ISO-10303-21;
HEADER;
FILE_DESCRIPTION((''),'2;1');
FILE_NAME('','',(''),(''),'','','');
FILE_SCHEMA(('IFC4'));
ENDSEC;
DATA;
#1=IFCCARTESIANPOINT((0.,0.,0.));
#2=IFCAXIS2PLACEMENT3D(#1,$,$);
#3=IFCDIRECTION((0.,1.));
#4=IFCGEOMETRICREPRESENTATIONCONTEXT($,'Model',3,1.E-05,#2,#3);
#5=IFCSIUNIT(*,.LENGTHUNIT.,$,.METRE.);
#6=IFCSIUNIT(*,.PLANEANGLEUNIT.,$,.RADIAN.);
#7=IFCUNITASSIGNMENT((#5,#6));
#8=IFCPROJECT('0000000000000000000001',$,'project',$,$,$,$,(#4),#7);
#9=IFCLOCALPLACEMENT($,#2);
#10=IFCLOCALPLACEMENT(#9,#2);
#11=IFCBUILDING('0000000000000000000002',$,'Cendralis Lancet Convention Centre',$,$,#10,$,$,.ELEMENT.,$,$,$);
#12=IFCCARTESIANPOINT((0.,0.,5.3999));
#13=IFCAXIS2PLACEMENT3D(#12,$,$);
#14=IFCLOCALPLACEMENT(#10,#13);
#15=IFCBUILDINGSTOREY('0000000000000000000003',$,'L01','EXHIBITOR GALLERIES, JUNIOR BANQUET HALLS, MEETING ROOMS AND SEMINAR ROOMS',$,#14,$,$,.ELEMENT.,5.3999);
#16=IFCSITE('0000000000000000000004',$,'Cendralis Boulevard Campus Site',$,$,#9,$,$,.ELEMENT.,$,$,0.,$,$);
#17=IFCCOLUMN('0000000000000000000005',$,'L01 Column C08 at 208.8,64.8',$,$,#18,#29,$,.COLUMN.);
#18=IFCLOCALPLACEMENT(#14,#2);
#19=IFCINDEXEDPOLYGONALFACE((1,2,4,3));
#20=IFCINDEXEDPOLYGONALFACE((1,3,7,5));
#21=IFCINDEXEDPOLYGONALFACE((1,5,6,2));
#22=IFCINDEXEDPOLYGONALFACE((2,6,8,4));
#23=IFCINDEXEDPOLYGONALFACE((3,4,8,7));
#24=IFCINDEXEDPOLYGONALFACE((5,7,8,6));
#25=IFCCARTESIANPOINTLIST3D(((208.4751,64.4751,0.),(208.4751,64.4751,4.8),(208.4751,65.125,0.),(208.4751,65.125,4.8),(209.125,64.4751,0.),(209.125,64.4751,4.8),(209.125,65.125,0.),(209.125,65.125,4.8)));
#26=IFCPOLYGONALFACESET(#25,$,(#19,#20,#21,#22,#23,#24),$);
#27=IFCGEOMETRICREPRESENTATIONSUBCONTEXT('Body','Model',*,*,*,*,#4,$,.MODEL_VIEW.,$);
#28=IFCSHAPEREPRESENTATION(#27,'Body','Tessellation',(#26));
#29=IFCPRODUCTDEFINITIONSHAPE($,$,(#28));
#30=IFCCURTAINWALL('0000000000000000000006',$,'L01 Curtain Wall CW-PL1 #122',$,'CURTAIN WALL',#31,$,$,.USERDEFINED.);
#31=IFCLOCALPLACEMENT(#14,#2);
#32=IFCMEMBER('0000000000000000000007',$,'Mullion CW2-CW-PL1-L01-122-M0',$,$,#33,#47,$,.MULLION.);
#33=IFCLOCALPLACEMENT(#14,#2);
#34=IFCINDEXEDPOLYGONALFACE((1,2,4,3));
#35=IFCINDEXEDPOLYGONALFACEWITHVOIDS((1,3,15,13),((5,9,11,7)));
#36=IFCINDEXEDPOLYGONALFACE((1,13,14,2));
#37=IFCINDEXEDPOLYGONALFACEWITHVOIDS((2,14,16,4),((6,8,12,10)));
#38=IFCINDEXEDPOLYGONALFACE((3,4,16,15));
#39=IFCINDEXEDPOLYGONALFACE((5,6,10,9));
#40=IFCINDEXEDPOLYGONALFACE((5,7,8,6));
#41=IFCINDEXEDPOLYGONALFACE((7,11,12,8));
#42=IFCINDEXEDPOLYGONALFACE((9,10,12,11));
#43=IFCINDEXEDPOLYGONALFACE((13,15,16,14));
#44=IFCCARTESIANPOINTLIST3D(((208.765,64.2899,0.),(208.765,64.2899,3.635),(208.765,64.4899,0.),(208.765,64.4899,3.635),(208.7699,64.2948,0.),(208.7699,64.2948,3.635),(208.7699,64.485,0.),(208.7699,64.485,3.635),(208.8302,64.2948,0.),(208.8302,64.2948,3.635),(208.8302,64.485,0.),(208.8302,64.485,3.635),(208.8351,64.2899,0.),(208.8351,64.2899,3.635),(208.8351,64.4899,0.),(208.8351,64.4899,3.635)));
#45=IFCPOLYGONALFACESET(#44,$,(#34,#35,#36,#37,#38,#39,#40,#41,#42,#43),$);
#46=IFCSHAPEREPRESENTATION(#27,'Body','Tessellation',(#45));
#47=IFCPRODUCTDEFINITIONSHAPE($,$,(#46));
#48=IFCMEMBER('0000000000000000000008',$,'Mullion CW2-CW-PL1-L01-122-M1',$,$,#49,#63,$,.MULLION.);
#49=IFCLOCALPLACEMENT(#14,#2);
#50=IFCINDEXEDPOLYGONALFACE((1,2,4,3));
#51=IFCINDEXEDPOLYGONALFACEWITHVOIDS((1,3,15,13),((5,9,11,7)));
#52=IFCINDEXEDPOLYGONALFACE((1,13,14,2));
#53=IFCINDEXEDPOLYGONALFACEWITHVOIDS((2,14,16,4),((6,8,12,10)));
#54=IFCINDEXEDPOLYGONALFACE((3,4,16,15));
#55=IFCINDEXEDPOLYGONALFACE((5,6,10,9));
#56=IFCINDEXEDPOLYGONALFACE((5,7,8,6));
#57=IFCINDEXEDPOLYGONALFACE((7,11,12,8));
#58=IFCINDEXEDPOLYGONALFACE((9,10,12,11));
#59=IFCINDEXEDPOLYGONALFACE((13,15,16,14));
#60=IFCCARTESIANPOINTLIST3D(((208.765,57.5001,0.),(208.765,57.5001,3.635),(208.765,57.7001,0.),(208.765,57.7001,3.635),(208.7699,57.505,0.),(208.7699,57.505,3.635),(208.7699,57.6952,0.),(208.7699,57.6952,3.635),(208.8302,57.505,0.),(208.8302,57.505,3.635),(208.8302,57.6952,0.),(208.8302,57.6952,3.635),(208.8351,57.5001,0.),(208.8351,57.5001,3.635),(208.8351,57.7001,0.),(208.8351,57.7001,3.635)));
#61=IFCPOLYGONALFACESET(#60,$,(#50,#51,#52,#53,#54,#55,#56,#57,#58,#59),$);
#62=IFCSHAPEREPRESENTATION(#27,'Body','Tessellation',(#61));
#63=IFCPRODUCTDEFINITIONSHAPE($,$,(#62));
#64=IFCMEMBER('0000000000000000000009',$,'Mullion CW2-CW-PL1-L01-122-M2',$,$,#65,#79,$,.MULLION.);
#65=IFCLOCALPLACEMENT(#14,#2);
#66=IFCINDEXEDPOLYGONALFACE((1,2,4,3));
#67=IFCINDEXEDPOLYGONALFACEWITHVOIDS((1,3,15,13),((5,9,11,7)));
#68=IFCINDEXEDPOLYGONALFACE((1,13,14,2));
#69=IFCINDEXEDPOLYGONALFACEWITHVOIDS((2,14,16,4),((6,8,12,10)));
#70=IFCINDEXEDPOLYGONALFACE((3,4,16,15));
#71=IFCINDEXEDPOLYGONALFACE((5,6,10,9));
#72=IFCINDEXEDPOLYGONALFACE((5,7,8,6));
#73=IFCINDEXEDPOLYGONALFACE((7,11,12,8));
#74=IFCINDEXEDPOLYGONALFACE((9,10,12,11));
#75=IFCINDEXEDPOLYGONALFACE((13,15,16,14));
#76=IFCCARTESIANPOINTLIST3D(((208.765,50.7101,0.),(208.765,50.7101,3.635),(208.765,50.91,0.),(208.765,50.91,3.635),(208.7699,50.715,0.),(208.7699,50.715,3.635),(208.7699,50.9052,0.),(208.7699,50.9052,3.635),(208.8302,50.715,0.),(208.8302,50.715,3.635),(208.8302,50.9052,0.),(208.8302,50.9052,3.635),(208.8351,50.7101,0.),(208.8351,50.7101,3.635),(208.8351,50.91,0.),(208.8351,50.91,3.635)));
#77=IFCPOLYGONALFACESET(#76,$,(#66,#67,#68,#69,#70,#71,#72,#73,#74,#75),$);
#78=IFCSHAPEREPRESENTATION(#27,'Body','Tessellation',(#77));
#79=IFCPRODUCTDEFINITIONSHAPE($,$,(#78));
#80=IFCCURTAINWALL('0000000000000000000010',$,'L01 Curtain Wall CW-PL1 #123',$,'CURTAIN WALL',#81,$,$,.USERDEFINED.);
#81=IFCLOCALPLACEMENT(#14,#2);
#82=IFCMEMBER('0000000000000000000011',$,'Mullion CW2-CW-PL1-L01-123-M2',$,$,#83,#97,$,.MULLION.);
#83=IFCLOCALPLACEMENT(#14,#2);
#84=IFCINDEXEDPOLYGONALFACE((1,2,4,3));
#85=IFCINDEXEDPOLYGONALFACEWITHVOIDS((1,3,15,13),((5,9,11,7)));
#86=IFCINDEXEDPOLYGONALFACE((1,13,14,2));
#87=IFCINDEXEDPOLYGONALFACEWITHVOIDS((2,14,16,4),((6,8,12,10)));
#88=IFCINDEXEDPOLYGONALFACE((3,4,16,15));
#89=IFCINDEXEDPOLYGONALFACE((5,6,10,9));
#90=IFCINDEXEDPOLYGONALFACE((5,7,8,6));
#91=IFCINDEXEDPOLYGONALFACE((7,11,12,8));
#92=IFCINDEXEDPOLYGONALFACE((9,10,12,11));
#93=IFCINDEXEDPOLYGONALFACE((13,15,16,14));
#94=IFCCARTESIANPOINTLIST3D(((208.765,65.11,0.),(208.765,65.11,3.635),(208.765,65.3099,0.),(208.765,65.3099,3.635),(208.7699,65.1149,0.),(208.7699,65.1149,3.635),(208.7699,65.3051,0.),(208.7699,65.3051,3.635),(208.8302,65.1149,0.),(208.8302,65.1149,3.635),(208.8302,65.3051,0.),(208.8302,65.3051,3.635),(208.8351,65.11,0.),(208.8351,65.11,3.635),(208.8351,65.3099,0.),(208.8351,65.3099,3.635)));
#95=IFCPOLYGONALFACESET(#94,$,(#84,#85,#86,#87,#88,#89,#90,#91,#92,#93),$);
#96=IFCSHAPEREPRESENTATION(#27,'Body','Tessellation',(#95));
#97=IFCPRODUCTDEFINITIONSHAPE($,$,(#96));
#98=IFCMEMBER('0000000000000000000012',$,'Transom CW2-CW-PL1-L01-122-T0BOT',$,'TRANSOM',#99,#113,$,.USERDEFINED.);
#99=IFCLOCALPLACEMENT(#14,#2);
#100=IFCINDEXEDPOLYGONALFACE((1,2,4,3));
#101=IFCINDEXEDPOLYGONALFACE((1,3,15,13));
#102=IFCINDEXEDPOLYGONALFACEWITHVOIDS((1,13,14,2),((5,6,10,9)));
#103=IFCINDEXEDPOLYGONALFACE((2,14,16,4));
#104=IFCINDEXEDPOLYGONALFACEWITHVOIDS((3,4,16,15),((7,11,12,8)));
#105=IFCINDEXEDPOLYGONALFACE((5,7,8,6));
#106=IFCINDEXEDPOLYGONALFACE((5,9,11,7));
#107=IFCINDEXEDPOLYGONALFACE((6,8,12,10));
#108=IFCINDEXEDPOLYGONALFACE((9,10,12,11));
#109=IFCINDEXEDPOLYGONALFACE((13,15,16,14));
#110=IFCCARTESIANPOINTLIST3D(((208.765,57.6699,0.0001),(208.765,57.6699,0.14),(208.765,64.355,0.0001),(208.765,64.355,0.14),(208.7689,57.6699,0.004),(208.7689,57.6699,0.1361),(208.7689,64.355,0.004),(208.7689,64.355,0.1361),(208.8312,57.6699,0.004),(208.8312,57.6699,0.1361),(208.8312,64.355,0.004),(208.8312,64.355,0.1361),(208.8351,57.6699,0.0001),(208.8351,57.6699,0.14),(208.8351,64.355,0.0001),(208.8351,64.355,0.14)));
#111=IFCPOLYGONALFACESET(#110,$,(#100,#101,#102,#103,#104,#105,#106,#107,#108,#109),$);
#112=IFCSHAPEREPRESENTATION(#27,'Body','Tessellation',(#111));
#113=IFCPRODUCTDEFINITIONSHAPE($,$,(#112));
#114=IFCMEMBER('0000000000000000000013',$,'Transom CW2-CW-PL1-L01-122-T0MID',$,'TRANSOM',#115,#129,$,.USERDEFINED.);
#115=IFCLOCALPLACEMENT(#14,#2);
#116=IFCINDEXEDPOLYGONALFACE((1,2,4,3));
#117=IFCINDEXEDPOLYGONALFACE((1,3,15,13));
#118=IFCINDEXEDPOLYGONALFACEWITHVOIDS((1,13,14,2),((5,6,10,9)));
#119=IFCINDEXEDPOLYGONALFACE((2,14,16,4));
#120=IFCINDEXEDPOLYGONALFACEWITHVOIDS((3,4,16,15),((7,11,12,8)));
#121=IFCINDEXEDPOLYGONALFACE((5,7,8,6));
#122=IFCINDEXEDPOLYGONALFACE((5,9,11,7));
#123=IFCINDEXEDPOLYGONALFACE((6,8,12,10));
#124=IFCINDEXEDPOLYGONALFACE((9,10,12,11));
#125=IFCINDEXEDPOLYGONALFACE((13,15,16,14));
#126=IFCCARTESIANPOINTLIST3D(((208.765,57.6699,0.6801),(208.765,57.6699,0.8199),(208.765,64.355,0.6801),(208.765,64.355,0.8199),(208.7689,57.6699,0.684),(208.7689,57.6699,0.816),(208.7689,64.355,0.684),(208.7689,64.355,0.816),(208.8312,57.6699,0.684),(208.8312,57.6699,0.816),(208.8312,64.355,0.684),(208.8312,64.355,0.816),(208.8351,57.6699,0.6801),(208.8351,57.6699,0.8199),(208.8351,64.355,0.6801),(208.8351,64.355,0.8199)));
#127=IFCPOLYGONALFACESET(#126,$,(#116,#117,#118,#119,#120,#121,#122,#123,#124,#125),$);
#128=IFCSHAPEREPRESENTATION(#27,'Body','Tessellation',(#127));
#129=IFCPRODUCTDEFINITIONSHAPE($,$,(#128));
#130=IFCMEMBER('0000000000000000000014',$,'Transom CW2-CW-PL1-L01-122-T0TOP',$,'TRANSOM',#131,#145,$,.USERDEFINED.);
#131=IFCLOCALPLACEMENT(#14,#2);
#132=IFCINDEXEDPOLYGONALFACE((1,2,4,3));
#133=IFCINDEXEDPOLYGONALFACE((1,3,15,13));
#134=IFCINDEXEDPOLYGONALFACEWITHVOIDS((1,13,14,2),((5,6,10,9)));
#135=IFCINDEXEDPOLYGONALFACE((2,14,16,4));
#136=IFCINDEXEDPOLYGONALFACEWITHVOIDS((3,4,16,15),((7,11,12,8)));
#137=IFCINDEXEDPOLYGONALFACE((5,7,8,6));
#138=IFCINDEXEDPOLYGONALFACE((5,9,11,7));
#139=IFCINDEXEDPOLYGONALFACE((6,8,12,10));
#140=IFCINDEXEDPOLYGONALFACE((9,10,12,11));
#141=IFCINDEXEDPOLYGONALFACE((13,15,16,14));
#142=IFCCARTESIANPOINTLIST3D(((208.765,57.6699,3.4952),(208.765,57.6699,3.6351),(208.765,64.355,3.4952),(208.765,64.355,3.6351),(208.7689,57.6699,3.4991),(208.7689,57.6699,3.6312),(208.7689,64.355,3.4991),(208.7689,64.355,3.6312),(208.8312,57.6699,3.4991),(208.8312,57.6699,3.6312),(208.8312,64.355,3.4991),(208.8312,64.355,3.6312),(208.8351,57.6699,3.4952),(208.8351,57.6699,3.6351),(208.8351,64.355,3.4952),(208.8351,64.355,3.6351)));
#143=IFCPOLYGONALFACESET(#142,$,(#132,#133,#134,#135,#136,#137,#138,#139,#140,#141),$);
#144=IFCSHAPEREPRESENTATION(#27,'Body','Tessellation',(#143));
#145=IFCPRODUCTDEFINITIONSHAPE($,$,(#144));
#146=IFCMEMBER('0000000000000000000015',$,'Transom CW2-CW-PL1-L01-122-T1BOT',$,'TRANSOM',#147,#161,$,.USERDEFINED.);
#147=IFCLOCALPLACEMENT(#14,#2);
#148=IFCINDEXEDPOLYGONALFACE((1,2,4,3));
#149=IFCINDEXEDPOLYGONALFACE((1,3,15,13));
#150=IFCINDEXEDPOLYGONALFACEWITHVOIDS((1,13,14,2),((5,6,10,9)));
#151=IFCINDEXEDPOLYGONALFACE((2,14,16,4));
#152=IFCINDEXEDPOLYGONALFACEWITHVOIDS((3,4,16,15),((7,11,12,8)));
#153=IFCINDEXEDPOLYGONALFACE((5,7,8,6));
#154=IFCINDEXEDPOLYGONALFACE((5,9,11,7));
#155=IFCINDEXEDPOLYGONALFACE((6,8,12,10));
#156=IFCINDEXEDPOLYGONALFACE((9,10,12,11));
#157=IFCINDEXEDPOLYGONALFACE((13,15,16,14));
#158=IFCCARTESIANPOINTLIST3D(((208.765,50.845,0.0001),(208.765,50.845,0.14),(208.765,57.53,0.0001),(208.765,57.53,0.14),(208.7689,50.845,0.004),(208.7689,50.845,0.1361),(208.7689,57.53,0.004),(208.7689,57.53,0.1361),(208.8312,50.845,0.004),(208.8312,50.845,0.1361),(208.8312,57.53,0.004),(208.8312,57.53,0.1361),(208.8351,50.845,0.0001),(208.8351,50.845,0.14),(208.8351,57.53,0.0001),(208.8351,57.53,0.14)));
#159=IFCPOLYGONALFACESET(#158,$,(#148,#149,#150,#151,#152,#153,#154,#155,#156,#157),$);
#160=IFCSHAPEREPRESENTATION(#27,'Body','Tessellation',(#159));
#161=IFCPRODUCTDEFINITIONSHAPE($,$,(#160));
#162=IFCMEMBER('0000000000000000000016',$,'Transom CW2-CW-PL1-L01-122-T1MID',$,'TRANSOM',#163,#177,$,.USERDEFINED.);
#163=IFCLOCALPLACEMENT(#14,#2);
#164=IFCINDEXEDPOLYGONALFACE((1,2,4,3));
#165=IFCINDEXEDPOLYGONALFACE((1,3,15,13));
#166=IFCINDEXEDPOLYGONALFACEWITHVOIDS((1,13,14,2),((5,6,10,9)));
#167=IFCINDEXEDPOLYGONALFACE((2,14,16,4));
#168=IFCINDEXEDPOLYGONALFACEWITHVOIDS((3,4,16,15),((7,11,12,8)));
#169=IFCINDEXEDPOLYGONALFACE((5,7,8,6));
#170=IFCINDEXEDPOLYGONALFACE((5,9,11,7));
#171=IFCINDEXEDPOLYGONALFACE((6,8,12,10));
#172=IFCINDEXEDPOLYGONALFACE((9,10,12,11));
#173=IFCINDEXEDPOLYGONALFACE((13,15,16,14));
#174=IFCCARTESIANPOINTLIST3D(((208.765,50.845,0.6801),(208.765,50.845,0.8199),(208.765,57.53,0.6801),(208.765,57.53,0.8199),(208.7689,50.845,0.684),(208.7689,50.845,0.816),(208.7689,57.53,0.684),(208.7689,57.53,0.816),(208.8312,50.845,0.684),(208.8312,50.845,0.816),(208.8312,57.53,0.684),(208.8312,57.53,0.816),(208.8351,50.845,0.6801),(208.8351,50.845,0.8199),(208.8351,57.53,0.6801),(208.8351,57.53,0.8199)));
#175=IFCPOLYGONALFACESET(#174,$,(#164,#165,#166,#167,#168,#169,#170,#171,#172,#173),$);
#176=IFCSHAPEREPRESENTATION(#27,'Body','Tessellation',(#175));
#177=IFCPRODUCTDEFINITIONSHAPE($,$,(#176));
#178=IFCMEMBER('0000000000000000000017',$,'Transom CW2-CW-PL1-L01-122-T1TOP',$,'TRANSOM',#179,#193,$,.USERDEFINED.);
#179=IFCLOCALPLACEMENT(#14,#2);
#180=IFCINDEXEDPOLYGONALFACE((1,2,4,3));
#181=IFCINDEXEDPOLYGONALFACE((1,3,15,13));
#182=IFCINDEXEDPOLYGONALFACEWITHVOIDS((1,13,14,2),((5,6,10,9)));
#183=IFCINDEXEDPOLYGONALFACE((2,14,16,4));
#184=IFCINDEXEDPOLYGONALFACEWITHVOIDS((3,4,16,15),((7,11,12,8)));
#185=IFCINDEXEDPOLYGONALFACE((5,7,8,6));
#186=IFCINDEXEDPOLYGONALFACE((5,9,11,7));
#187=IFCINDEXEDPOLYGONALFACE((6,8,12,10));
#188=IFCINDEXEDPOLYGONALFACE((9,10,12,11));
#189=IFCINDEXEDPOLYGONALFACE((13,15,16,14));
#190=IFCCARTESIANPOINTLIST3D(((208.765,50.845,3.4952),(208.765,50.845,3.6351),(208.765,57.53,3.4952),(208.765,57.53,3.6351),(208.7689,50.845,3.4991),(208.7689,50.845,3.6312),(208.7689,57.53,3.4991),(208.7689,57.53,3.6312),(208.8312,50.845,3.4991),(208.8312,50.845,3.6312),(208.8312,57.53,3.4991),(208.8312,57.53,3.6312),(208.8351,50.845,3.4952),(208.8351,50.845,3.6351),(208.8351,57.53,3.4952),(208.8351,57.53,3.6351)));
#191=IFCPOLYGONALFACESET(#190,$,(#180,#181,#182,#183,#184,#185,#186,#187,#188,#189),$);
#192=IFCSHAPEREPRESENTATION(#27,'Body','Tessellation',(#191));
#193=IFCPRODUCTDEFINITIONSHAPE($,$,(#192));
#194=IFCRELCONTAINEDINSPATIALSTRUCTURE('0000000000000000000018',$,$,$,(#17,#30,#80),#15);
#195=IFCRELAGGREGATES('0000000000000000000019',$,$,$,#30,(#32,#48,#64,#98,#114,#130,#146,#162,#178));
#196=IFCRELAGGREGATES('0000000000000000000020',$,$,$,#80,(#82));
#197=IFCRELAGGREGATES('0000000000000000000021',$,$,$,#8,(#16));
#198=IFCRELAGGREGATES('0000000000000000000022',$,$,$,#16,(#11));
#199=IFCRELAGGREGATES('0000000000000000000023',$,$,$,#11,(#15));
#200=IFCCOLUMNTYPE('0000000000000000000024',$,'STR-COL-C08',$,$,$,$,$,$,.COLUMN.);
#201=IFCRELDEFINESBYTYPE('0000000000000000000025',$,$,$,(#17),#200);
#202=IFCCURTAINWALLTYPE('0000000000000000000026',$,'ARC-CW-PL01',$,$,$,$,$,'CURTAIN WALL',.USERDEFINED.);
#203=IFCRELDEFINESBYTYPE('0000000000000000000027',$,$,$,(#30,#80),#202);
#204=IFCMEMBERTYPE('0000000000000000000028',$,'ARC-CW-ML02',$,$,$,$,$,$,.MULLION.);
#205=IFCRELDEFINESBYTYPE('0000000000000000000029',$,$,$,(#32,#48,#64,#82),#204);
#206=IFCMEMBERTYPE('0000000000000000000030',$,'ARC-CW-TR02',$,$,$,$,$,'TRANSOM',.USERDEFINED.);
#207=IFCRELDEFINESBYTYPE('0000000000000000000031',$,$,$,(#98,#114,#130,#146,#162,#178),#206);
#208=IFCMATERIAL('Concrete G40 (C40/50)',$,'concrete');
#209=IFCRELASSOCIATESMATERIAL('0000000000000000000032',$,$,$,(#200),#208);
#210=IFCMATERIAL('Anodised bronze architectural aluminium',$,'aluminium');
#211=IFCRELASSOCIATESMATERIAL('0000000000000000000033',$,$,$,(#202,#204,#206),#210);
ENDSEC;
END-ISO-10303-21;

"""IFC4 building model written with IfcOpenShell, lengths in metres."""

from ifc_helpers import new_model, si_unit, direction, frame, origin, origin_2d, place, context, subcontext, project, spatial, rectangle, hollow_rectangle, extrude, material, material_profile, profile_set, type_object, element, aggregate, save


model = new_model("IFC4")

# Units and contexts
model_context = context("Model", 3, precision=1e-05, world=origin(), true_north=direction((0.0, 1.0)))
body_context = subcontext(model_context, "Body", "Model", "MODEL_VIEW")
ifc_project = project(units=[si_unit("LENGTHUNIT", "METRE"), si_unit("PLANEANGLEUNIT", "RADIAN")], contexts=[model_context])

# Site, building, storey
site_placement = place(None, origin())
site = spatial("IfcSite", under=ifc_project, at=site_placement, Name="Cendralis Boulevard Campus Site", CompositionType="ELEMENT", RefElevation=0.0)
building_placement = place(site_placement, origin())
building = spatial("IfcBuilding", under=site, at=building_placement, Name="Cendralis Lancet Convention Centre", CompositionType="ELEMENT")
storey_placement = place(building_placement, frame((0.0, 0.0, 5.3999)))
storey = spatial("IfcBuildingStorey", under=building, at=storey_placement, Name="L01", Description="EXHIBITOR GALLERIES, JUNIOR BANQUET HALLS, MEETING ROOMS AND SEMINAR ROOMS", CompositionType="ELEMENT", Elevation=5.3999)

# Column
ifc_material_1 = material(Name="Concrete G40 (C40/50)", Category="concrete")
ifc_material_profile_1 = material_profile(ifc_material_1, rectangle(XDim=0.6499, YDim=0.6499, at=origin_2d()), Name="RC 650x650")
ifc_profile_set_1 = profile_set([ifc_material_profile_1], Name="Concrete G40 (C40/50)")
column_type = type_object("IfcColumnType", Name="STR-COL-C08", PredefinedType="COLUMN", material=ifc_profile_set_1)
column_placement = place(storey_placement, frame((208.8, 64.8, 0.0), z_axis=(0.0, 0.0, 1.0), x_axis=(1.0, 0.0, 0.0)))
element("IfcColumn", 1, at=column_placement, inside=storey, type_object=column_type, Name="L01 Column C08 at 208.8,64.8", PredefinedType="COLUMN", context=body_context, shape_type="SweptSolid", body=[
    extrude(rectangle(XDim=0.6499, YDim=0.6499, at=origin_2d()), origin(), (0.0, 0.0, 1.0), 4.8),
])

# Curtain wall, members
ifc_material_2 = material(Name="Anodised bronze architectural aluminium", Category="aluminium")
curtain_wall_type = type_object("IfcCurtainWallType", Name="ARC-CW-PL01", ElementType="CURTAIN WALL", PredefinedType="USERDEFINED", material=ifc_material_2)
curtain_wall_1_placement = place(storey_placement, origin())
curtain_wall_1 = element("IfcCurtainWall", 2, at=curtain_wall_1_placement, inside=storey, type_object=curtain_wall_type, Name="L01 Curtain Wall CW-PL1 #122", ObjectType="CURTAIN WALL", PredefinedType="USERDEFINED")
ifc_material_profile_2 = material_profile(ifc_material_2, hollow_rectangle(XDim=0.0701, YDim=0.2, WallThickness=0.0049, at=origin_2d()), Name="AL-MULL 70x200x5.0")
ifc_profile_set_2 = profile_set([ifc_material_profile_2], Name="Anodised bronze architectural aluminium")
member_type_1 = type_object("IfcMemberType", Name="ARC-CW-ML02", PredefinedType="MULLION", material=ifc_profile_set_2)
member_1_placement = place(storey_placement, frame((208.8, 64.3899, 0.0), z_axis=(0.0, 0.0, 1.0), x_axis=(1.0, 0.0, 0.0)))
member_1 = element("IfcMember", 3, at=member_1_placement, type_object=member_type_1, Name="Mullion CW2-CW-PL1-L01-122-M0", PredefinedType="MULLION", context=body_context, shape_type="SweptSolid", body=[
    extrude(hollow_rectangle(XDim=0.0701, YDim=0.2, WallThickness=0.0049, at=origin_2d()), origin(), (0.0, 0.0, 1.0), 3.635),
])
member_2_placement = place(storey_placement, frame((208.8, 57.6001, 0.0), z_axis=(0.0, 0.0, 1.0), x_axis=(1.0, 0.0, 0.0)))
member_2 = element("IfcMember", 4, at=member_2_placement, type_object=member_type_1, Name="Mullion CW2-CW-PL1-L01-122-M1", PredefinedType="MULLION", context=body_context, shape_type="SweptSolid", body=[
    extrude(hollow_rectangle(XDim=0.0701, YDim=0.2, WallThickness=0.0049, at=origin_2d()), origin(), (0.0, 0.0, 1.0), 3.635),
])
member_3_placement = place(storey_placement, frame((208.8, 50.8101, 0.0), z_axis=(0.0, 0.0, 1.0), x_axis=(1.0, 0.0, 0.0)))
member_3 = element("IfcMember", 5, at=member_3_placement, type_object=member_type_1, Name="Mullion CW2-CW-PL1-L01-122-M2", PredefinedType="MULLION", context=body_context, shape_type="SweptSolid", body=[
    extrude(hollow_rectangle(XDim=0.0701, YDim=0.2, WallThickness=0.0049, at=origin_2d()), origin(), (0.0, 0.0, 1.0), 3.635),
])

# Curtain wall, member
curtain_wall_2_placement = place(storey_placement, origin())
curtain_wall_2 = element("IfcCurtainWall", 6, at=curtain_wall_2_placement, inside=storey, type_object=curtain_wall_type, Name="L01 Curtain Wall CW-PL1 #123", ObjectType="CURTAIN WALL", PredefinedType="USERDEFINED")
member_4_placement = place(storey_placement, frame((208.8, 65.21, 0.0), z_axis=(0.0, 0.0, 1.0), x_axis=(1.0, 0.0, 0.0)))
member_4 = element("IfcMember", 7, at=member_4_placement, type_object=member_type_1, Name="Mullion CW2-CW-PL1-L01-123-M2", PredefinedType="MULLION", context=body_context, shape_type="SweptSolid", body=[
    extrude(hollow_rectangle(XDim=0.0701, YDim=0.2, WallThickness=0.0049, at=origin_2d()), origin(), (0.0, 0.0, 1.0), 3.635),
])

# Members
ifc_material_profile_3 = material_profile(ifc_material_2, hollow_rectangle(XDim=0.0701, YDim=0.1399, WallThickness=0.0039, at=origin_2d()), Name="AL-TRAN 70x140x4.0")
ifc_profile_set_3 = profile_set([ifc_material_profile_3], Name="Anodised bronze architectural aluminium")
member_type_2 = type_object("IfcMemberType", Name="ARC-CW-TR02", ElementType="TRANSOM", PredefinedType="USERDEFINED", material=ifc_profile_set_3)
member_5_placement = place(storey_placement, frame((208.8, 64.355, 0.0701), z_axis=(0.0, -1.0, 0.0), x_axis=(1.0, 0.0, 0.0)))
member_5 = element("IfcMember", 8, at=member_5_placement, type_object=member_type_2, Name="Transom CW2-CW-PL1-L01-122-T0BOT", ObjectType="TRANSOM", PredefinedType="USERDEFINED", context=body_context, shape_type="SweptSolid", body=[
    extrude(hollow_rectangle(XDim=0.0701, YDim=0.1399, WallThickness=0.0039, at=origin_2d()), origin(), (0.0, 0.0, 1.0), 6.6851),
])
member_6_placement = place(storey_placement, frame((208.8, 64.355, 0.75), z_axis=(0.0, -1.0, 0.0), x_axis=(1.0, 0.0, 0.0)))
member_6 = element("IfcMember", 9, at=member_6_placement, type_object=member_type_2, Name="Transom CW2-CW-PL1-L01-122-T0MID", ObjectType="TRANSOM", PredefinedType="USERDEFINED", context=body_context, shape_type="SweptSolid", body=[
    extrude(hollow_rectangle(XDim=0.0701, YDim=0.1399, WallThickness=0.0039, at=origin_2d()), origin(), (0.0, 0.0, 1.0), 6.6851),
])
member_7_placement = place(storey_placement, frame((208.8, 64.355, 3.5652), z_axis=(0.0, -1.0, 0.0), x_axis=(1.0, 0.0, 0.0)))
member_7 = element("IfcMember", 10, at=member_7_placement, type_object=member_type_2, Name="Transom CW2-CW-PL1-L01-122-T0TOP", ObjectType="TRANSOM", PredefinedType="USERDEFINED", context=body_context, shape_type="SweptSolid", body=[
    extrude(hollow_rectangle(XDim=0.0701, YDim=0.1399, WallThickness=0.0039, at=origin_2d()), origin(), (0.0, 0.0, 1.0), 6.6851),
])
member_8_placement = place(storey_placement, frame((208.8, 57.53, 0.0701), z_axis=(0.0, -1.0, 0.0), x_axis=(1.0, 0.0, 0.0)))
member_8 = element("IfcMember", 11, at=member_8_placement, type_object=member_type_2, Name="Transom CW2-CW-PL1-L01-122-T1BOT", ObjectType="TRANSOM", PredefinedType="USERDEFINED", context=body_context, shape_type="SweptSolid", body=[
    extrude(hollow_rectangle(XDim=0.0701, YDim=0.1399, WallThickness=0.0039, at=origin_2d()), origin(), (0.0, 0.0, 1.0), 6.6851),
])
member_9_placement = place(storey_placement, frame((208.8, 57.53, 0.75), z_axis=(0.0, -1.0, 0.0), x_axis=(1.0, 0.0, 0.0)))
member_9 = element("IfcMember", 12, at=member_9_placement, type_object=member_type_2, Name="Transom CW2-CW-PL1-L01-122-T1MID", ObjectType="TRANSOM", PredefinedType="USERDEFINED", context=body_context, shape_type="SweptSolid", body=[
    extrude(hollow_rectangle(XDim=0.0701, YDim=0.1399, WallThickness=0.0039, at=origin_2d()), origin(), (0.0, 0.0, 1.0), 6.6851),
])
member_10_placement = place(storey_placement, frame((208.8, 57.53, 3.5652), z_axis=(0.0, -1.0, 0.0), x_axis=(1.0, 0.0, 0.0)))
member_10 = element("IfcMember", 13, at=member_10_placement, type_object=member_type_2, Name="Transom CW2-CW-PL1-L01-122-T1TOP", ObjectType="TRANSOM", PredefinedType="USERDEFINED", context=body_context, shape_type="SweptSolid", body=[
    extrude(hollow_rectangle(XDim=0.0701, YDim=0.1399, WallThickness=0.0039, at=origin_2d()), origin(), (0.0, 0.0, 1.0), 6.6851),
])

aggregate(curtain_wall_1, [member_1, member_2, member_3, member_5, member_6, member_7, member_8, member_9, member_10])
aggregate(curtain_wall_2, [member_4])

save(model, "model.ifc")
